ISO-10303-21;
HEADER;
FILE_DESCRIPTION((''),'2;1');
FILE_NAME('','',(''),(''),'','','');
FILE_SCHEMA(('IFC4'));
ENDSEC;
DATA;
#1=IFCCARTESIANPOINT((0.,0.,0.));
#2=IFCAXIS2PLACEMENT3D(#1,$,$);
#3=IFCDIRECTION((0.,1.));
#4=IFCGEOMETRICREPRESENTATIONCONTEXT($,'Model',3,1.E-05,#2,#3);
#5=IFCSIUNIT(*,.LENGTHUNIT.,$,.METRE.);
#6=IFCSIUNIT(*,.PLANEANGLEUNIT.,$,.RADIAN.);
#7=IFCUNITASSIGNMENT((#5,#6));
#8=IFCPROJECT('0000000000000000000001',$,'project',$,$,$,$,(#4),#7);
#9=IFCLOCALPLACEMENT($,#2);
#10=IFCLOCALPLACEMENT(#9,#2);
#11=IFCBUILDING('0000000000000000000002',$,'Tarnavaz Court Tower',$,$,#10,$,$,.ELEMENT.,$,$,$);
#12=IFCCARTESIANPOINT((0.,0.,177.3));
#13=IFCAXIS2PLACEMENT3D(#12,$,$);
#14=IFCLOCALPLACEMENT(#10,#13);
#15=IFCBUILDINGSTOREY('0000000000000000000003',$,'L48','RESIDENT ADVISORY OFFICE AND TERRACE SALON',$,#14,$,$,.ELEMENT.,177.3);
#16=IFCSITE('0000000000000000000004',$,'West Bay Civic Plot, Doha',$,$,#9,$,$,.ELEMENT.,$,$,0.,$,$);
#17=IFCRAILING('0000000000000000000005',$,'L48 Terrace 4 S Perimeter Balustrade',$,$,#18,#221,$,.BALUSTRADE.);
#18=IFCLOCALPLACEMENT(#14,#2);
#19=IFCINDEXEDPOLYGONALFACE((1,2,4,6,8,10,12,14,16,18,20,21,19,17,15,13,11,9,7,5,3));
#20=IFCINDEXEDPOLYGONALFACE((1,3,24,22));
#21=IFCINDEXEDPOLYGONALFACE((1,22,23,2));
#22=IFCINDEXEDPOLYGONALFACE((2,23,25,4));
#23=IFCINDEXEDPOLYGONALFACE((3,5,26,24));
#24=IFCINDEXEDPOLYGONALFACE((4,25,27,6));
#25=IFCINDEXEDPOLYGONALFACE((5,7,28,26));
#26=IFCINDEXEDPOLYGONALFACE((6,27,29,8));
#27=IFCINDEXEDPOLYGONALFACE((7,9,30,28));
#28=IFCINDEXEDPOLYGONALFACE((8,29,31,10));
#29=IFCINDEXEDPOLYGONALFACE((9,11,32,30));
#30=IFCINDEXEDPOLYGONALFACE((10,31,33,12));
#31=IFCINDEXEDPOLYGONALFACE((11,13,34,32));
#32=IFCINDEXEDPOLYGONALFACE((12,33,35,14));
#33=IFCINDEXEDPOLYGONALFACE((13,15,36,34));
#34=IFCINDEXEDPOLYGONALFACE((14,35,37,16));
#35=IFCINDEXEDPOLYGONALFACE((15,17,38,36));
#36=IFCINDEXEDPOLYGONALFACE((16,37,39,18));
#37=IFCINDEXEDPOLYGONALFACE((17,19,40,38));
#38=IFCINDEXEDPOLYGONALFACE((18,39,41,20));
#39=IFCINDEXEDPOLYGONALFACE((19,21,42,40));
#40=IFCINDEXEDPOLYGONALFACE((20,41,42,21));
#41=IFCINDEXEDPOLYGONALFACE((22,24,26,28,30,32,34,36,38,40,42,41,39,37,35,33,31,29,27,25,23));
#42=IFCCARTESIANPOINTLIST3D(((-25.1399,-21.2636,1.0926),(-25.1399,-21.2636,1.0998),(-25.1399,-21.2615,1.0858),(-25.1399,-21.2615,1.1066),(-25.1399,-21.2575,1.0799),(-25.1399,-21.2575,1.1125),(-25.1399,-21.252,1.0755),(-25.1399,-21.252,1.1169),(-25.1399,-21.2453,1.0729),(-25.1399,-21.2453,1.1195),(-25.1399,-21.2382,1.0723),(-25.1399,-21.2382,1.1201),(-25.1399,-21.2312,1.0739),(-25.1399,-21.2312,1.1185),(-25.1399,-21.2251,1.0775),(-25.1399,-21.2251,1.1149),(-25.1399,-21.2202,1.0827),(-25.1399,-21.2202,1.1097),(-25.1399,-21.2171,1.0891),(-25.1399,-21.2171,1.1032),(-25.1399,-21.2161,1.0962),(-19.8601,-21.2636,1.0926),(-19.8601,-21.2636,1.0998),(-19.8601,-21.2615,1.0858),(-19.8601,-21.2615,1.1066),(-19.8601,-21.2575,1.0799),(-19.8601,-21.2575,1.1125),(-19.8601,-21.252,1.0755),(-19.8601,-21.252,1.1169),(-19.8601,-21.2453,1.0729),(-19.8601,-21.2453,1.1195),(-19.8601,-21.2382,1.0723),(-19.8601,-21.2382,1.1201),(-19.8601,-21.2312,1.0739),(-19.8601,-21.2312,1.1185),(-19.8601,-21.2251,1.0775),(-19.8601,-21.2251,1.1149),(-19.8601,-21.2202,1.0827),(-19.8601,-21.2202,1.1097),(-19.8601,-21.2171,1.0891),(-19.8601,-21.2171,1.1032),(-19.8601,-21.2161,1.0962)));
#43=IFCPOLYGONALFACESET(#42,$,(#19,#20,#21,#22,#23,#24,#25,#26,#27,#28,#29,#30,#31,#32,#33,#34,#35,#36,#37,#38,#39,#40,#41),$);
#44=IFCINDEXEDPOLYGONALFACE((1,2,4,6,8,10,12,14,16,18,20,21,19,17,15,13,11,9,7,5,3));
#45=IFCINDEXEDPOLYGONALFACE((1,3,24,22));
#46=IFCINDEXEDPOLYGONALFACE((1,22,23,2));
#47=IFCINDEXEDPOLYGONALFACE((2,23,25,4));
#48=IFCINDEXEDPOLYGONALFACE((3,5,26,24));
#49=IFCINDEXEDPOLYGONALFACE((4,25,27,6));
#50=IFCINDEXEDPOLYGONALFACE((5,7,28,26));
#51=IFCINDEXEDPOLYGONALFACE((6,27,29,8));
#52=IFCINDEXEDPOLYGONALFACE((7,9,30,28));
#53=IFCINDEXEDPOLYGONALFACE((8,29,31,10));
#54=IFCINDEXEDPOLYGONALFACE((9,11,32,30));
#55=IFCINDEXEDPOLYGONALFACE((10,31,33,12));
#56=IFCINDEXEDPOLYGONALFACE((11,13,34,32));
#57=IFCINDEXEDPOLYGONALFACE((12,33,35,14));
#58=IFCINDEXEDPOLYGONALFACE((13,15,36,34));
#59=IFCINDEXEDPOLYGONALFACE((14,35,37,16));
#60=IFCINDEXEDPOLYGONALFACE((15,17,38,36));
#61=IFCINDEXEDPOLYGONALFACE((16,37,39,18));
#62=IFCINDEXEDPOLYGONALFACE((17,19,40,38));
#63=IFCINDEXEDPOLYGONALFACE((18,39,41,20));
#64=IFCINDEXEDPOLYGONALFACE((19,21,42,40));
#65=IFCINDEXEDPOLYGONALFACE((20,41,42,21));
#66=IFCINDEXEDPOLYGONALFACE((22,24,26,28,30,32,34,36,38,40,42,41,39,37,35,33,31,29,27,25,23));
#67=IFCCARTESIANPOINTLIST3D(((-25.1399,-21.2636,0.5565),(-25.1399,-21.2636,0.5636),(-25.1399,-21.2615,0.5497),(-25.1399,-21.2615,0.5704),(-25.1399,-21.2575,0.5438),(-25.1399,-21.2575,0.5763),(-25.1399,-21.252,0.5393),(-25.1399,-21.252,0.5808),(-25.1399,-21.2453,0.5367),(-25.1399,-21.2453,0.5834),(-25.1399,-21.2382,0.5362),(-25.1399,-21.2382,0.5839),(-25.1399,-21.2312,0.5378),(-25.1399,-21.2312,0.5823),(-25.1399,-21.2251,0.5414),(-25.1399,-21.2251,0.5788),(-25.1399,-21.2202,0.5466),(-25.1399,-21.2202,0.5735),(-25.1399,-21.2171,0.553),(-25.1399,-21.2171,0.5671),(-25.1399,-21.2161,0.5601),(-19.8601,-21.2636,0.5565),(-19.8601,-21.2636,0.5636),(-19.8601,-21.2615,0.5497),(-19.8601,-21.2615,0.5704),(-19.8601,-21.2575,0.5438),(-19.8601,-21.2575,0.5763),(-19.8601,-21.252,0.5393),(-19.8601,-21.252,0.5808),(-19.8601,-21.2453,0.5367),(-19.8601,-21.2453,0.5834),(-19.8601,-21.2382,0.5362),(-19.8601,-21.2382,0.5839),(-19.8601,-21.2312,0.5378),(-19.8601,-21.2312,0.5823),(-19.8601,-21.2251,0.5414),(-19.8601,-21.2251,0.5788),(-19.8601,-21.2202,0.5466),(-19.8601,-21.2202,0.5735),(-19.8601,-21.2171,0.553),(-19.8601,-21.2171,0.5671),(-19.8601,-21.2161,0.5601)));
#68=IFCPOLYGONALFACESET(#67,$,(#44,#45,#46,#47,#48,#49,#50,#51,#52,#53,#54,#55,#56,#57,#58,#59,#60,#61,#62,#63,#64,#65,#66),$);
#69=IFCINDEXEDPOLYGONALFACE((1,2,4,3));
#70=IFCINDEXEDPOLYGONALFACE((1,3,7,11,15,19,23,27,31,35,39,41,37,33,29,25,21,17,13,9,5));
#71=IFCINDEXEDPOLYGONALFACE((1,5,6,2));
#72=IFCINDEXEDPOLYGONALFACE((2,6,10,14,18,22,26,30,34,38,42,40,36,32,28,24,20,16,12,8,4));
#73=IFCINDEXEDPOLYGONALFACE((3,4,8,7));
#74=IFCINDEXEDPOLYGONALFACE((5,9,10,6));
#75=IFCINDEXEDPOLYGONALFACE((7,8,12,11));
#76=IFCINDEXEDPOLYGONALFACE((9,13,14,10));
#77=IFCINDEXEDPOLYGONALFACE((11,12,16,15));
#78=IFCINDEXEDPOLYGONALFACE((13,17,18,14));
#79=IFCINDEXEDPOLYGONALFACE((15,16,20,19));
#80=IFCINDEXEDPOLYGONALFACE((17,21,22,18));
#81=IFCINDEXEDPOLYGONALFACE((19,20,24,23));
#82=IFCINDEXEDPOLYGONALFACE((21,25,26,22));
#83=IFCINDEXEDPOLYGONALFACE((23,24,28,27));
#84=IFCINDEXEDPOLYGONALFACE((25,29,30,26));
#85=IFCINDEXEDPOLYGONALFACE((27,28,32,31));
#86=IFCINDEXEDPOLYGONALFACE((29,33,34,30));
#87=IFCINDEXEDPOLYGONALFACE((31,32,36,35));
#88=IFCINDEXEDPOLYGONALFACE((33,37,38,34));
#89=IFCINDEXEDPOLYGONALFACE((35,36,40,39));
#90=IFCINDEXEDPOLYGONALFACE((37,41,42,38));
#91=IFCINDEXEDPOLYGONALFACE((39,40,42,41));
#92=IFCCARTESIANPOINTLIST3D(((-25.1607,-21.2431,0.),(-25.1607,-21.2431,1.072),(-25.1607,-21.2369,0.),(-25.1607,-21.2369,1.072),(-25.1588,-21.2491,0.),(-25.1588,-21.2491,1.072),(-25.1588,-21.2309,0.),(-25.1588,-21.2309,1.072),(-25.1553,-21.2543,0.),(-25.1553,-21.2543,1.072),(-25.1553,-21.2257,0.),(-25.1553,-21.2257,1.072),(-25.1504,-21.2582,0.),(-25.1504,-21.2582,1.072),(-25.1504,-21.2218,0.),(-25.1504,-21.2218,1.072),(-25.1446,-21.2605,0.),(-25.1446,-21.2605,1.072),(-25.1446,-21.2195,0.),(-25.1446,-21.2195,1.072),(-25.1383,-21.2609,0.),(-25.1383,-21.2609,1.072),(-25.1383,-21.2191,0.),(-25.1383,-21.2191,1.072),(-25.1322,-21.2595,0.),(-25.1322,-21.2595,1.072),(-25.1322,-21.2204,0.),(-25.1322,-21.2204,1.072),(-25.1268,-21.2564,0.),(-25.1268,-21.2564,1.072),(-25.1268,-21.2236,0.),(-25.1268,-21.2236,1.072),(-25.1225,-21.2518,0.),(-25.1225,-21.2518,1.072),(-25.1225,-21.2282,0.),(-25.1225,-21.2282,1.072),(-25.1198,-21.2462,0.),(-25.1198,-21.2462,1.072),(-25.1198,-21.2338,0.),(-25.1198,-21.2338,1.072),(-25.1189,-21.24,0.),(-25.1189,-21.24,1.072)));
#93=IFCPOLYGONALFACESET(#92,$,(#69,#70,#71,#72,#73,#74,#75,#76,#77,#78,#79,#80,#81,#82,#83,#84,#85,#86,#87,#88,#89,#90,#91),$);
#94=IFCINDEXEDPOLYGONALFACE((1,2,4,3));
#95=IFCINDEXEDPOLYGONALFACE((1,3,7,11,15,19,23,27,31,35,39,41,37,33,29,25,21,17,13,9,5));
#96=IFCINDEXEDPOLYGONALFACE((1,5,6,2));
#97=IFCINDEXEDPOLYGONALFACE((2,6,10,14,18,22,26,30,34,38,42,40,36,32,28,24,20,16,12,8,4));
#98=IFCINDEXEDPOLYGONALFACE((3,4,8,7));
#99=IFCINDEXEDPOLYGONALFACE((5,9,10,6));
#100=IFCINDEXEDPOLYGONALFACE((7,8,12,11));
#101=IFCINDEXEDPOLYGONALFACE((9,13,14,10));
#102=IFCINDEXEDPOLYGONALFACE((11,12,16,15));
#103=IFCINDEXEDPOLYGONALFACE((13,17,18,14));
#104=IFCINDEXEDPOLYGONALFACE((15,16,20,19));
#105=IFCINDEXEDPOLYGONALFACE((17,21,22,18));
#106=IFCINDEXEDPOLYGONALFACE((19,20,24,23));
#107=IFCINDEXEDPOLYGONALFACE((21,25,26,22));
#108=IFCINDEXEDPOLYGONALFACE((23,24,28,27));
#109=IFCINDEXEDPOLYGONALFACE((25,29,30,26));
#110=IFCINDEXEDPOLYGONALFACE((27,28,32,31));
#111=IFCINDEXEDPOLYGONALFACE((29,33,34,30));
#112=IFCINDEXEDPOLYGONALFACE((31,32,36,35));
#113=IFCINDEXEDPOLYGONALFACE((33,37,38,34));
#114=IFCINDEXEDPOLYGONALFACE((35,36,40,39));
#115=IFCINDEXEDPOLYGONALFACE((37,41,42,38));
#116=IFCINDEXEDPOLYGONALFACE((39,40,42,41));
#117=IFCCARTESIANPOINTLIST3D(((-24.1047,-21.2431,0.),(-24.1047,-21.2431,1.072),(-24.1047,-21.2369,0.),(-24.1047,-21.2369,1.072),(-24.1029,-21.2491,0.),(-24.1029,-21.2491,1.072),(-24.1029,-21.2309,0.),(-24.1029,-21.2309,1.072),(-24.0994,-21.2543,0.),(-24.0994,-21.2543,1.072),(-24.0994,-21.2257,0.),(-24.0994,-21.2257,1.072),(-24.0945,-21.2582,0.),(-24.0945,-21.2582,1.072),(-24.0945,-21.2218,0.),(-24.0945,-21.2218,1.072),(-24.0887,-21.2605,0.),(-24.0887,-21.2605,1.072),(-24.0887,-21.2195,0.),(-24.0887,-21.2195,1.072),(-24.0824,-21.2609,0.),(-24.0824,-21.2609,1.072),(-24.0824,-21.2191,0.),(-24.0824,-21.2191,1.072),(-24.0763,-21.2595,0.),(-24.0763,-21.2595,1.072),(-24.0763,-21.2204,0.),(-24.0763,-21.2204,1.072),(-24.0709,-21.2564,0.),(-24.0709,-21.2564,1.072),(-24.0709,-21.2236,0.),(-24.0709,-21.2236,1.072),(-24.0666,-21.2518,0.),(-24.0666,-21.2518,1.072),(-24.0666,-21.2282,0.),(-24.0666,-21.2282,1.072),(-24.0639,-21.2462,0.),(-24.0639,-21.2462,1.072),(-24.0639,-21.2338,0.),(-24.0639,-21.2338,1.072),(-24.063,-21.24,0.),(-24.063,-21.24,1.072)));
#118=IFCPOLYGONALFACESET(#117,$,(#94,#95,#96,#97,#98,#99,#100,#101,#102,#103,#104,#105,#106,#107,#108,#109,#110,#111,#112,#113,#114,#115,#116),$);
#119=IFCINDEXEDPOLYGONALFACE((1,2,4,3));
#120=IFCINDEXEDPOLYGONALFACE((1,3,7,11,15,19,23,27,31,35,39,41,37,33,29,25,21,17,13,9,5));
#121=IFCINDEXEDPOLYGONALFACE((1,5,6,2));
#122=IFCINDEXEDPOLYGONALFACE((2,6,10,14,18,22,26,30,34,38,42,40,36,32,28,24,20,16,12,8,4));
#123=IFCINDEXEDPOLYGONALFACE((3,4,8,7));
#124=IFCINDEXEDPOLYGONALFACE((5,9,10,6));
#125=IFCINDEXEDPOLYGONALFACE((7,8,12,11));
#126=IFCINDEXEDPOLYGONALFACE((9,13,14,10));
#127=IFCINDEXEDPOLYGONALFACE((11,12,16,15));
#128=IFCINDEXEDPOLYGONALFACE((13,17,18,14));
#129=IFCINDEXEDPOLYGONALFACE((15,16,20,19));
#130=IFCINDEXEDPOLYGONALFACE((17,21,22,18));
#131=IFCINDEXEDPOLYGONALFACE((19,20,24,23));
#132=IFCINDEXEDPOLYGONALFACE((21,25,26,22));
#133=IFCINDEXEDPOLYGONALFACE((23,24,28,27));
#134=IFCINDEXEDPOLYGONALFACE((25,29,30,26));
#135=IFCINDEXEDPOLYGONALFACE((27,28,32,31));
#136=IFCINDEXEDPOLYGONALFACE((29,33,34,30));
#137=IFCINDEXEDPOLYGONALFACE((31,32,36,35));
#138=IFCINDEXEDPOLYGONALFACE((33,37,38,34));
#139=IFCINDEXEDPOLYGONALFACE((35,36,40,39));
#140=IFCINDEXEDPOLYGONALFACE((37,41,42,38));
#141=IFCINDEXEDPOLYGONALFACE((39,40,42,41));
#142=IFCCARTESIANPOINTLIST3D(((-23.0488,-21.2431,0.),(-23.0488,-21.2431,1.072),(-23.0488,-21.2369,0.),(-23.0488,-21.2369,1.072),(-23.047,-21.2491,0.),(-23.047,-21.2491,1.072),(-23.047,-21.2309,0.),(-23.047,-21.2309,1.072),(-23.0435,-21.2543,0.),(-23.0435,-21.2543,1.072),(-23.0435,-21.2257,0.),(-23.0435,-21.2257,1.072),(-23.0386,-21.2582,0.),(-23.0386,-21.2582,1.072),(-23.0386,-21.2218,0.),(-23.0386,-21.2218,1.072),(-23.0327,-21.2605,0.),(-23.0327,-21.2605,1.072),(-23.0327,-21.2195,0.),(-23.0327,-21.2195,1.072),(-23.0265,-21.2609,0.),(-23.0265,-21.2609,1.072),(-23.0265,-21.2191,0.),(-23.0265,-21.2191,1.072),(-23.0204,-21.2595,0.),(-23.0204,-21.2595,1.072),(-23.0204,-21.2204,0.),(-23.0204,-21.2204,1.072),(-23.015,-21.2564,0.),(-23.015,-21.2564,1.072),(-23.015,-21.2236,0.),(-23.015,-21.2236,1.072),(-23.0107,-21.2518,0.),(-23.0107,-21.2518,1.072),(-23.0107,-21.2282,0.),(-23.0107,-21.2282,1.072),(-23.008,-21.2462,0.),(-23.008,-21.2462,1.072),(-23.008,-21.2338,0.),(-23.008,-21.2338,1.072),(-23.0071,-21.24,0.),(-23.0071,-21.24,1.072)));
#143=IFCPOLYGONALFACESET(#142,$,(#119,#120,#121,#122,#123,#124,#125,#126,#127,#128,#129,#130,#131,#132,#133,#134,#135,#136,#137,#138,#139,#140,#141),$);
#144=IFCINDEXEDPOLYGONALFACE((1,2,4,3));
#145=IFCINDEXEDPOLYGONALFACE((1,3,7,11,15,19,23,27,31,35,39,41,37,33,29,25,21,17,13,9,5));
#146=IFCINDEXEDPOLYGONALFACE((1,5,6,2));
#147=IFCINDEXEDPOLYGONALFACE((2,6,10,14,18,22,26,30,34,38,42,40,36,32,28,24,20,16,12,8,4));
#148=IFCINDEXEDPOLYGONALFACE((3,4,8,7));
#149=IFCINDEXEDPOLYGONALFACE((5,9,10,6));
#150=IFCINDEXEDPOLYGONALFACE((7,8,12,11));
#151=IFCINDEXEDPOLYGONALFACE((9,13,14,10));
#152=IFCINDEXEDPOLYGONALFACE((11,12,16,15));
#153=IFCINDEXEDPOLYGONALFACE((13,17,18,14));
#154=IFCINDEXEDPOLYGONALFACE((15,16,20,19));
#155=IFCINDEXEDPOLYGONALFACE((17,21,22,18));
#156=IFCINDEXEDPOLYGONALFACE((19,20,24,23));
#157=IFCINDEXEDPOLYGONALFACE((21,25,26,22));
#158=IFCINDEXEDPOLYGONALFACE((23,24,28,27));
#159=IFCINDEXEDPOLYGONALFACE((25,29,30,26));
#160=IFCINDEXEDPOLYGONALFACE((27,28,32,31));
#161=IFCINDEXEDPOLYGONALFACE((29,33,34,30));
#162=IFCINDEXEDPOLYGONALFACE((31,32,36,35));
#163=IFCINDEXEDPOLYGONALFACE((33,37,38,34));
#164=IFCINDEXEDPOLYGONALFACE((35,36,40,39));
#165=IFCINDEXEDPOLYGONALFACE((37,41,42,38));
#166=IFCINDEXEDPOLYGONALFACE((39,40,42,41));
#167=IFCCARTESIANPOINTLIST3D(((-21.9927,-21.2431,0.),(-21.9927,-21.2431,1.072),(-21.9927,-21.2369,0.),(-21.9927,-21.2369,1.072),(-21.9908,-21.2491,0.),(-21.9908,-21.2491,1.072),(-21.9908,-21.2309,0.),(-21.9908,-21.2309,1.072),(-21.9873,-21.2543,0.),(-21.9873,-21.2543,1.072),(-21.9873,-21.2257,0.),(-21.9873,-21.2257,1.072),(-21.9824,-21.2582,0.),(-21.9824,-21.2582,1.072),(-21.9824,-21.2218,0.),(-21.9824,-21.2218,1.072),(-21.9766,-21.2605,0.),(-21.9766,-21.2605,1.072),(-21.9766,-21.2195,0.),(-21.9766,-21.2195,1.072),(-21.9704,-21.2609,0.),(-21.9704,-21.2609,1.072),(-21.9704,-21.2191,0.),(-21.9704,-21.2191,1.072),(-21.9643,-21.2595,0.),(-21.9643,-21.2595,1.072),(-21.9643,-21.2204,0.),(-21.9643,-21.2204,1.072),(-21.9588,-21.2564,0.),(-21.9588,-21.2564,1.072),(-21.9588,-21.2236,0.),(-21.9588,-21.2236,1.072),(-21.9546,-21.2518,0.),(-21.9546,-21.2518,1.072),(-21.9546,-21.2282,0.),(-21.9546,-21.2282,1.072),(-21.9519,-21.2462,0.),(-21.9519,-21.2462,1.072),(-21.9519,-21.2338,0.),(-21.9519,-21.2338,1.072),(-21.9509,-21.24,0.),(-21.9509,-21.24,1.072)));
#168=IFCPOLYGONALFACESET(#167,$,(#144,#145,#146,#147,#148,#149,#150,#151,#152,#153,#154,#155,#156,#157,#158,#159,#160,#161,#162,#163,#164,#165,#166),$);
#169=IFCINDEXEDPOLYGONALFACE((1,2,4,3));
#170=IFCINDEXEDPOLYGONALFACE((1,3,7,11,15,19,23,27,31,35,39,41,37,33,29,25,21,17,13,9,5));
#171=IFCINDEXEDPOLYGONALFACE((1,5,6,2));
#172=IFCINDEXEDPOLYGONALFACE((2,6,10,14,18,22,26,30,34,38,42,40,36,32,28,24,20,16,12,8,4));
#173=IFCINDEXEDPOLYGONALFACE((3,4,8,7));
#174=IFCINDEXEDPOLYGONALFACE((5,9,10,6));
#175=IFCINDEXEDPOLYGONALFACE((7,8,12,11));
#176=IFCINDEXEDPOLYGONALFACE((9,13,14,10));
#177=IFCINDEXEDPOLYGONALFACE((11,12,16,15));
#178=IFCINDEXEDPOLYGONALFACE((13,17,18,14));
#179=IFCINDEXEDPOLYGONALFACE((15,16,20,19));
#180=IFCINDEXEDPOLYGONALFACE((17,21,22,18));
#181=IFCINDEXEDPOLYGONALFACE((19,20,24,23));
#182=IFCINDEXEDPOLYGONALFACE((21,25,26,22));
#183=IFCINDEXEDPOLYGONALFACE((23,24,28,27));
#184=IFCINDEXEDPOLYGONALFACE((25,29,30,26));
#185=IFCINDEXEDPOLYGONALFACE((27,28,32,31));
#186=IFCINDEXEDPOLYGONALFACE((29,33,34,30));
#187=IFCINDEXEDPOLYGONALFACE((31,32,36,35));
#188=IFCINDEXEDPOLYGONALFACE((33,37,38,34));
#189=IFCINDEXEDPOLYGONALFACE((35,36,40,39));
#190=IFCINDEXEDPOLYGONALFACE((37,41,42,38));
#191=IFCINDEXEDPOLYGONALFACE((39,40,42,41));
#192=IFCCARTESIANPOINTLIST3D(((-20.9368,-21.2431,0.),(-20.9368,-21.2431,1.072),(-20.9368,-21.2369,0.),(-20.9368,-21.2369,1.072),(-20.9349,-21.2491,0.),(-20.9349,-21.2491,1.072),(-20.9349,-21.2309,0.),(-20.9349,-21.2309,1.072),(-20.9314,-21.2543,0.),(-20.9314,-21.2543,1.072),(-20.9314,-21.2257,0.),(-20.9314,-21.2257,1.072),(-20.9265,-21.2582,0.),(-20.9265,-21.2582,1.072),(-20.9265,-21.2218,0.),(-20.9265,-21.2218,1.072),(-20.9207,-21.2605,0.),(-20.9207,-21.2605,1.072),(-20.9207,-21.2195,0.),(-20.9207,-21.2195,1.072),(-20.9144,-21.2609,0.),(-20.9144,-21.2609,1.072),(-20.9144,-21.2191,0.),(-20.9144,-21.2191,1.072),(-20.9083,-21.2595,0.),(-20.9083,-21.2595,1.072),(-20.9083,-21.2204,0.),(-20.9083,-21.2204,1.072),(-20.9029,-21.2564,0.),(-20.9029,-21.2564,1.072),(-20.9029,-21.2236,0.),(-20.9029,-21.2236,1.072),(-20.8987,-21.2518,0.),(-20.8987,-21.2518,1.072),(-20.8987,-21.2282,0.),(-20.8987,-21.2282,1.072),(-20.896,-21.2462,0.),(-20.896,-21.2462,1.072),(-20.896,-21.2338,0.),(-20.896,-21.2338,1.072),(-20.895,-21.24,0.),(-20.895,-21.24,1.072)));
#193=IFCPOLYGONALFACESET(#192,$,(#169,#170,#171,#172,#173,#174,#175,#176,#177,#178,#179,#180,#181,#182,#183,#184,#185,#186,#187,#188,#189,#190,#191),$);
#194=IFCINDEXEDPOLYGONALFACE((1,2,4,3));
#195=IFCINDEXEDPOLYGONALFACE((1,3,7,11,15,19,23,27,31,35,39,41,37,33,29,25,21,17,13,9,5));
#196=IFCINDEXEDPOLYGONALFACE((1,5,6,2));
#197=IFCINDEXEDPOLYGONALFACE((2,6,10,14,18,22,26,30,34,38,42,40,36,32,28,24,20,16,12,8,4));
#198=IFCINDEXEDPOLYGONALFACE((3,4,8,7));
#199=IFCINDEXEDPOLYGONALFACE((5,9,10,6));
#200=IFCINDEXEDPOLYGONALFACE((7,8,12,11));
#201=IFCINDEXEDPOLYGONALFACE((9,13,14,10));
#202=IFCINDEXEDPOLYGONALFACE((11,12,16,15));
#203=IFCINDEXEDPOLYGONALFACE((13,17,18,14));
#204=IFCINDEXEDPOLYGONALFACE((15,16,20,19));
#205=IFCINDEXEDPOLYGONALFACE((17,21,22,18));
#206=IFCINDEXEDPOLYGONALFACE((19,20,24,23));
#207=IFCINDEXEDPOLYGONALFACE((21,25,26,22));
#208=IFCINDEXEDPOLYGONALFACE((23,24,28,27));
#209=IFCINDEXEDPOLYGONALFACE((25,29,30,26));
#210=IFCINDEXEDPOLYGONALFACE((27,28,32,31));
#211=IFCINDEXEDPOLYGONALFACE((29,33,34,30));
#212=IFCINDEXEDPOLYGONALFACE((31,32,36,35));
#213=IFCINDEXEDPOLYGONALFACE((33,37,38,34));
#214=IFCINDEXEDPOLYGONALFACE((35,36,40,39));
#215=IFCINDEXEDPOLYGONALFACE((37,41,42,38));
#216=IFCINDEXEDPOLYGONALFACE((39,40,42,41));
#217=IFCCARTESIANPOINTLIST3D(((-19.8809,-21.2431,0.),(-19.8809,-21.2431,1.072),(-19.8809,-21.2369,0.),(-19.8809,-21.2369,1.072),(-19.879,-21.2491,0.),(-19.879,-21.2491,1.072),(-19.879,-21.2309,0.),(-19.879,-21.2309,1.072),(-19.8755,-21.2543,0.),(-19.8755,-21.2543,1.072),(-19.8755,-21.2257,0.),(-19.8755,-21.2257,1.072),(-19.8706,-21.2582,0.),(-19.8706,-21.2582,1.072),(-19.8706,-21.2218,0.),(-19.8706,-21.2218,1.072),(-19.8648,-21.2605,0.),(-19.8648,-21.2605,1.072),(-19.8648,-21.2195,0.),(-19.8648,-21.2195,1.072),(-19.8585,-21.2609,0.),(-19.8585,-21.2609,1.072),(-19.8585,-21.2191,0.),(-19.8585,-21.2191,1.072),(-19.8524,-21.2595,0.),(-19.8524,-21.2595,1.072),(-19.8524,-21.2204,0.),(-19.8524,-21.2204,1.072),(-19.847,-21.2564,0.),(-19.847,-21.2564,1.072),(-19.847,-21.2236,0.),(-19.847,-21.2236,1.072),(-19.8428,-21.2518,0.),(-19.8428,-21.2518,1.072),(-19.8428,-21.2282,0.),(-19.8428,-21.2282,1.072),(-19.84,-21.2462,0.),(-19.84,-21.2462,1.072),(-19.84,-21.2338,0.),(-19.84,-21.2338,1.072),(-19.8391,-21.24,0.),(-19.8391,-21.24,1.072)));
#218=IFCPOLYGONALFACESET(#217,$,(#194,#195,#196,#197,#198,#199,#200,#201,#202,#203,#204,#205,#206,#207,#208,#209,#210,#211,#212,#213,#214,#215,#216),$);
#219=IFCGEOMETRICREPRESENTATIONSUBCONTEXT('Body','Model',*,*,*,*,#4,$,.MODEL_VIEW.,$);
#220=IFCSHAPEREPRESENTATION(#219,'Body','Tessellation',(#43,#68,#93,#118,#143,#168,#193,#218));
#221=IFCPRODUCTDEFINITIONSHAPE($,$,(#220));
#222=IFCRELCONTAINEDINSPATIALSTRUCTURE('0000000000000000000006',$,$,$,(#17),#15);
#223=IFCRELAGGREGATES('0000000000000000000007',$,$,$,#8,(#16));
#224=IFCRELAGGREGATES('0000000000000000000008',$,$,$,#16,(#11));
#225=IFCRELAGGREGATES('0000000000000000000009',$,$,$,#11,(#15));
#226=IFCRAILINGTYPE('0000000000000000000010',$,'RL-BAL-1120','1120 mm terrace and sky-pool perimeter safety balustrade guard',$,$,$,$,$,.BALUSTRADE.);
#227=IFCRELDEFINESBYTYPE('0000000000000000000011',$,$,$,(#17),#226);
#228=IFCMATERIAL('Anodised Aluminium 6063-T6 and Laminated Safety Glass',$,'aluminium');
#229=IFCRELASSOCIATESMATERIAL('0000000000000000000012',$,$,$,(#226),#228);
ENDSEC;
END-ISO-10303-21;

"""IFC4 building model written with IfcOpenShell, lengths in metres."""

from ifc_helpers import new_model, si_unit, direction, frame, origin, origin_2d, place, context, subcontext, project, spatial, circle, extrude, material, type_object, element, save


model = new_model("IFC4")

# Units and contexts
model_context = context("Model", 3, precision=1e-05, world=origin(), true_north=direction((0.0, 1.0)))
body_context = subcontext(model_context, "Body", "Model", "MODEL_VIEW")
ifc_project = project(units=[si_unit("LENGTHUNIT", "METRE"), si_unit("PLANEANGLEUNIT", "RADIAN")], contexts=[model_context])

# Site, building, storey
site_placement = place(None, origin())
site = spatial("IfcSite", under=ifc_project, at=site_placement, Name="West Bay Civic Plot, Doha", CompositionType="ELEMENT", RefElevation=0.0)
building_placement = place(site_placement, origin())
building = spatial("IfcBuilding", under=site, at=building_placement, Name="Tarnavaz Court Tower", CompositionType="ELEMENT")
storey_placement = place(building_placement, frame((0.0, 0.0, 177.3)))
storey = spatial("IfcBuildingStorey", under=building, at=storey_placement, Name="L48", Description="RESIDENT ADVISORY OFFICE AND TERRACE SALON", CompositionType="ELEMENT", Elevation=177.3)

# Railing
ifc_material_1 = material(Name="Anodised Aluminium 6063-T6 and Laminated Safety Glass", Category="aluminium")
railing_type = type_object("IfcRailingType", Name="RL-BAL-1120", Description="1120 mm terrace and sky-pool perimeter safety balustrade guard", PredefinedType="BALUSTRADE", material=ifc_material_1)
railing_1_placement = place(storey_placement, frame((-25.1399, -21.24, 0.0)))
element("IfcRailing", 1, at=railing_1_placement, inside=storey, type_object=railing_type, Name="L48 Terrace 4 S Perimeter Balustrade", PredefinedType="BALUSTRADE", context=body_context, shape_type="SweptSolid", body=[
    extrude(circle(Radius=0.0239, at=origin_2d()), frame((0.0, 0.0, 1.0962), z_axis=(1.0, 0.0, 0.0), x_axis=(0.0, 1.0, 0.0)), (0.0, 0.0, 1.0), 5.2798),
    extrude(circle(Radius=0.0239, at=origin_2d()), frame((0.0, 0.0, 0.5601), z_axis=(1.0, 0.0, 0.0), x_axis=(0.0, 1.0, 0.0)), (0.0, 0.0, 1.0), 5.2798),
    extrude(circle(Radius=0.021, at=origin_2d()), origin(), (0.0, 0.0, 1.0), 1.072),
    extrude(circle(Radius=0.021, at=origin_2d()), frame((1.0559, 0.0, 0.0)), (0.0, 0.0, 1.0), 1.072),
    extrude(circle(Radius=0.021, at=origin_2d()), frame((2.1118, 0.0, 0.0)), (0.0, 0.0, 1.0), 1.072),
    extrude(circle(Radius=0.021, at=origin_2d()), frame((3.168, 0.0, 0.0)), (0.0, 0.0, 1.0), 1.072),
    extrude(circle(Radius=0.021, at=origin_2d()), frame((4.2239, 0.0, 0.0)), (0.0, 0.0, 1.0), 1.072),
    extrude(circle(Radius=0.021, at=origin_2d()), frame((5.2798, 0.0, 0.0)), (0.0, 0.0, 1.0), 1.072),
])

save(model, "model.ifc")
